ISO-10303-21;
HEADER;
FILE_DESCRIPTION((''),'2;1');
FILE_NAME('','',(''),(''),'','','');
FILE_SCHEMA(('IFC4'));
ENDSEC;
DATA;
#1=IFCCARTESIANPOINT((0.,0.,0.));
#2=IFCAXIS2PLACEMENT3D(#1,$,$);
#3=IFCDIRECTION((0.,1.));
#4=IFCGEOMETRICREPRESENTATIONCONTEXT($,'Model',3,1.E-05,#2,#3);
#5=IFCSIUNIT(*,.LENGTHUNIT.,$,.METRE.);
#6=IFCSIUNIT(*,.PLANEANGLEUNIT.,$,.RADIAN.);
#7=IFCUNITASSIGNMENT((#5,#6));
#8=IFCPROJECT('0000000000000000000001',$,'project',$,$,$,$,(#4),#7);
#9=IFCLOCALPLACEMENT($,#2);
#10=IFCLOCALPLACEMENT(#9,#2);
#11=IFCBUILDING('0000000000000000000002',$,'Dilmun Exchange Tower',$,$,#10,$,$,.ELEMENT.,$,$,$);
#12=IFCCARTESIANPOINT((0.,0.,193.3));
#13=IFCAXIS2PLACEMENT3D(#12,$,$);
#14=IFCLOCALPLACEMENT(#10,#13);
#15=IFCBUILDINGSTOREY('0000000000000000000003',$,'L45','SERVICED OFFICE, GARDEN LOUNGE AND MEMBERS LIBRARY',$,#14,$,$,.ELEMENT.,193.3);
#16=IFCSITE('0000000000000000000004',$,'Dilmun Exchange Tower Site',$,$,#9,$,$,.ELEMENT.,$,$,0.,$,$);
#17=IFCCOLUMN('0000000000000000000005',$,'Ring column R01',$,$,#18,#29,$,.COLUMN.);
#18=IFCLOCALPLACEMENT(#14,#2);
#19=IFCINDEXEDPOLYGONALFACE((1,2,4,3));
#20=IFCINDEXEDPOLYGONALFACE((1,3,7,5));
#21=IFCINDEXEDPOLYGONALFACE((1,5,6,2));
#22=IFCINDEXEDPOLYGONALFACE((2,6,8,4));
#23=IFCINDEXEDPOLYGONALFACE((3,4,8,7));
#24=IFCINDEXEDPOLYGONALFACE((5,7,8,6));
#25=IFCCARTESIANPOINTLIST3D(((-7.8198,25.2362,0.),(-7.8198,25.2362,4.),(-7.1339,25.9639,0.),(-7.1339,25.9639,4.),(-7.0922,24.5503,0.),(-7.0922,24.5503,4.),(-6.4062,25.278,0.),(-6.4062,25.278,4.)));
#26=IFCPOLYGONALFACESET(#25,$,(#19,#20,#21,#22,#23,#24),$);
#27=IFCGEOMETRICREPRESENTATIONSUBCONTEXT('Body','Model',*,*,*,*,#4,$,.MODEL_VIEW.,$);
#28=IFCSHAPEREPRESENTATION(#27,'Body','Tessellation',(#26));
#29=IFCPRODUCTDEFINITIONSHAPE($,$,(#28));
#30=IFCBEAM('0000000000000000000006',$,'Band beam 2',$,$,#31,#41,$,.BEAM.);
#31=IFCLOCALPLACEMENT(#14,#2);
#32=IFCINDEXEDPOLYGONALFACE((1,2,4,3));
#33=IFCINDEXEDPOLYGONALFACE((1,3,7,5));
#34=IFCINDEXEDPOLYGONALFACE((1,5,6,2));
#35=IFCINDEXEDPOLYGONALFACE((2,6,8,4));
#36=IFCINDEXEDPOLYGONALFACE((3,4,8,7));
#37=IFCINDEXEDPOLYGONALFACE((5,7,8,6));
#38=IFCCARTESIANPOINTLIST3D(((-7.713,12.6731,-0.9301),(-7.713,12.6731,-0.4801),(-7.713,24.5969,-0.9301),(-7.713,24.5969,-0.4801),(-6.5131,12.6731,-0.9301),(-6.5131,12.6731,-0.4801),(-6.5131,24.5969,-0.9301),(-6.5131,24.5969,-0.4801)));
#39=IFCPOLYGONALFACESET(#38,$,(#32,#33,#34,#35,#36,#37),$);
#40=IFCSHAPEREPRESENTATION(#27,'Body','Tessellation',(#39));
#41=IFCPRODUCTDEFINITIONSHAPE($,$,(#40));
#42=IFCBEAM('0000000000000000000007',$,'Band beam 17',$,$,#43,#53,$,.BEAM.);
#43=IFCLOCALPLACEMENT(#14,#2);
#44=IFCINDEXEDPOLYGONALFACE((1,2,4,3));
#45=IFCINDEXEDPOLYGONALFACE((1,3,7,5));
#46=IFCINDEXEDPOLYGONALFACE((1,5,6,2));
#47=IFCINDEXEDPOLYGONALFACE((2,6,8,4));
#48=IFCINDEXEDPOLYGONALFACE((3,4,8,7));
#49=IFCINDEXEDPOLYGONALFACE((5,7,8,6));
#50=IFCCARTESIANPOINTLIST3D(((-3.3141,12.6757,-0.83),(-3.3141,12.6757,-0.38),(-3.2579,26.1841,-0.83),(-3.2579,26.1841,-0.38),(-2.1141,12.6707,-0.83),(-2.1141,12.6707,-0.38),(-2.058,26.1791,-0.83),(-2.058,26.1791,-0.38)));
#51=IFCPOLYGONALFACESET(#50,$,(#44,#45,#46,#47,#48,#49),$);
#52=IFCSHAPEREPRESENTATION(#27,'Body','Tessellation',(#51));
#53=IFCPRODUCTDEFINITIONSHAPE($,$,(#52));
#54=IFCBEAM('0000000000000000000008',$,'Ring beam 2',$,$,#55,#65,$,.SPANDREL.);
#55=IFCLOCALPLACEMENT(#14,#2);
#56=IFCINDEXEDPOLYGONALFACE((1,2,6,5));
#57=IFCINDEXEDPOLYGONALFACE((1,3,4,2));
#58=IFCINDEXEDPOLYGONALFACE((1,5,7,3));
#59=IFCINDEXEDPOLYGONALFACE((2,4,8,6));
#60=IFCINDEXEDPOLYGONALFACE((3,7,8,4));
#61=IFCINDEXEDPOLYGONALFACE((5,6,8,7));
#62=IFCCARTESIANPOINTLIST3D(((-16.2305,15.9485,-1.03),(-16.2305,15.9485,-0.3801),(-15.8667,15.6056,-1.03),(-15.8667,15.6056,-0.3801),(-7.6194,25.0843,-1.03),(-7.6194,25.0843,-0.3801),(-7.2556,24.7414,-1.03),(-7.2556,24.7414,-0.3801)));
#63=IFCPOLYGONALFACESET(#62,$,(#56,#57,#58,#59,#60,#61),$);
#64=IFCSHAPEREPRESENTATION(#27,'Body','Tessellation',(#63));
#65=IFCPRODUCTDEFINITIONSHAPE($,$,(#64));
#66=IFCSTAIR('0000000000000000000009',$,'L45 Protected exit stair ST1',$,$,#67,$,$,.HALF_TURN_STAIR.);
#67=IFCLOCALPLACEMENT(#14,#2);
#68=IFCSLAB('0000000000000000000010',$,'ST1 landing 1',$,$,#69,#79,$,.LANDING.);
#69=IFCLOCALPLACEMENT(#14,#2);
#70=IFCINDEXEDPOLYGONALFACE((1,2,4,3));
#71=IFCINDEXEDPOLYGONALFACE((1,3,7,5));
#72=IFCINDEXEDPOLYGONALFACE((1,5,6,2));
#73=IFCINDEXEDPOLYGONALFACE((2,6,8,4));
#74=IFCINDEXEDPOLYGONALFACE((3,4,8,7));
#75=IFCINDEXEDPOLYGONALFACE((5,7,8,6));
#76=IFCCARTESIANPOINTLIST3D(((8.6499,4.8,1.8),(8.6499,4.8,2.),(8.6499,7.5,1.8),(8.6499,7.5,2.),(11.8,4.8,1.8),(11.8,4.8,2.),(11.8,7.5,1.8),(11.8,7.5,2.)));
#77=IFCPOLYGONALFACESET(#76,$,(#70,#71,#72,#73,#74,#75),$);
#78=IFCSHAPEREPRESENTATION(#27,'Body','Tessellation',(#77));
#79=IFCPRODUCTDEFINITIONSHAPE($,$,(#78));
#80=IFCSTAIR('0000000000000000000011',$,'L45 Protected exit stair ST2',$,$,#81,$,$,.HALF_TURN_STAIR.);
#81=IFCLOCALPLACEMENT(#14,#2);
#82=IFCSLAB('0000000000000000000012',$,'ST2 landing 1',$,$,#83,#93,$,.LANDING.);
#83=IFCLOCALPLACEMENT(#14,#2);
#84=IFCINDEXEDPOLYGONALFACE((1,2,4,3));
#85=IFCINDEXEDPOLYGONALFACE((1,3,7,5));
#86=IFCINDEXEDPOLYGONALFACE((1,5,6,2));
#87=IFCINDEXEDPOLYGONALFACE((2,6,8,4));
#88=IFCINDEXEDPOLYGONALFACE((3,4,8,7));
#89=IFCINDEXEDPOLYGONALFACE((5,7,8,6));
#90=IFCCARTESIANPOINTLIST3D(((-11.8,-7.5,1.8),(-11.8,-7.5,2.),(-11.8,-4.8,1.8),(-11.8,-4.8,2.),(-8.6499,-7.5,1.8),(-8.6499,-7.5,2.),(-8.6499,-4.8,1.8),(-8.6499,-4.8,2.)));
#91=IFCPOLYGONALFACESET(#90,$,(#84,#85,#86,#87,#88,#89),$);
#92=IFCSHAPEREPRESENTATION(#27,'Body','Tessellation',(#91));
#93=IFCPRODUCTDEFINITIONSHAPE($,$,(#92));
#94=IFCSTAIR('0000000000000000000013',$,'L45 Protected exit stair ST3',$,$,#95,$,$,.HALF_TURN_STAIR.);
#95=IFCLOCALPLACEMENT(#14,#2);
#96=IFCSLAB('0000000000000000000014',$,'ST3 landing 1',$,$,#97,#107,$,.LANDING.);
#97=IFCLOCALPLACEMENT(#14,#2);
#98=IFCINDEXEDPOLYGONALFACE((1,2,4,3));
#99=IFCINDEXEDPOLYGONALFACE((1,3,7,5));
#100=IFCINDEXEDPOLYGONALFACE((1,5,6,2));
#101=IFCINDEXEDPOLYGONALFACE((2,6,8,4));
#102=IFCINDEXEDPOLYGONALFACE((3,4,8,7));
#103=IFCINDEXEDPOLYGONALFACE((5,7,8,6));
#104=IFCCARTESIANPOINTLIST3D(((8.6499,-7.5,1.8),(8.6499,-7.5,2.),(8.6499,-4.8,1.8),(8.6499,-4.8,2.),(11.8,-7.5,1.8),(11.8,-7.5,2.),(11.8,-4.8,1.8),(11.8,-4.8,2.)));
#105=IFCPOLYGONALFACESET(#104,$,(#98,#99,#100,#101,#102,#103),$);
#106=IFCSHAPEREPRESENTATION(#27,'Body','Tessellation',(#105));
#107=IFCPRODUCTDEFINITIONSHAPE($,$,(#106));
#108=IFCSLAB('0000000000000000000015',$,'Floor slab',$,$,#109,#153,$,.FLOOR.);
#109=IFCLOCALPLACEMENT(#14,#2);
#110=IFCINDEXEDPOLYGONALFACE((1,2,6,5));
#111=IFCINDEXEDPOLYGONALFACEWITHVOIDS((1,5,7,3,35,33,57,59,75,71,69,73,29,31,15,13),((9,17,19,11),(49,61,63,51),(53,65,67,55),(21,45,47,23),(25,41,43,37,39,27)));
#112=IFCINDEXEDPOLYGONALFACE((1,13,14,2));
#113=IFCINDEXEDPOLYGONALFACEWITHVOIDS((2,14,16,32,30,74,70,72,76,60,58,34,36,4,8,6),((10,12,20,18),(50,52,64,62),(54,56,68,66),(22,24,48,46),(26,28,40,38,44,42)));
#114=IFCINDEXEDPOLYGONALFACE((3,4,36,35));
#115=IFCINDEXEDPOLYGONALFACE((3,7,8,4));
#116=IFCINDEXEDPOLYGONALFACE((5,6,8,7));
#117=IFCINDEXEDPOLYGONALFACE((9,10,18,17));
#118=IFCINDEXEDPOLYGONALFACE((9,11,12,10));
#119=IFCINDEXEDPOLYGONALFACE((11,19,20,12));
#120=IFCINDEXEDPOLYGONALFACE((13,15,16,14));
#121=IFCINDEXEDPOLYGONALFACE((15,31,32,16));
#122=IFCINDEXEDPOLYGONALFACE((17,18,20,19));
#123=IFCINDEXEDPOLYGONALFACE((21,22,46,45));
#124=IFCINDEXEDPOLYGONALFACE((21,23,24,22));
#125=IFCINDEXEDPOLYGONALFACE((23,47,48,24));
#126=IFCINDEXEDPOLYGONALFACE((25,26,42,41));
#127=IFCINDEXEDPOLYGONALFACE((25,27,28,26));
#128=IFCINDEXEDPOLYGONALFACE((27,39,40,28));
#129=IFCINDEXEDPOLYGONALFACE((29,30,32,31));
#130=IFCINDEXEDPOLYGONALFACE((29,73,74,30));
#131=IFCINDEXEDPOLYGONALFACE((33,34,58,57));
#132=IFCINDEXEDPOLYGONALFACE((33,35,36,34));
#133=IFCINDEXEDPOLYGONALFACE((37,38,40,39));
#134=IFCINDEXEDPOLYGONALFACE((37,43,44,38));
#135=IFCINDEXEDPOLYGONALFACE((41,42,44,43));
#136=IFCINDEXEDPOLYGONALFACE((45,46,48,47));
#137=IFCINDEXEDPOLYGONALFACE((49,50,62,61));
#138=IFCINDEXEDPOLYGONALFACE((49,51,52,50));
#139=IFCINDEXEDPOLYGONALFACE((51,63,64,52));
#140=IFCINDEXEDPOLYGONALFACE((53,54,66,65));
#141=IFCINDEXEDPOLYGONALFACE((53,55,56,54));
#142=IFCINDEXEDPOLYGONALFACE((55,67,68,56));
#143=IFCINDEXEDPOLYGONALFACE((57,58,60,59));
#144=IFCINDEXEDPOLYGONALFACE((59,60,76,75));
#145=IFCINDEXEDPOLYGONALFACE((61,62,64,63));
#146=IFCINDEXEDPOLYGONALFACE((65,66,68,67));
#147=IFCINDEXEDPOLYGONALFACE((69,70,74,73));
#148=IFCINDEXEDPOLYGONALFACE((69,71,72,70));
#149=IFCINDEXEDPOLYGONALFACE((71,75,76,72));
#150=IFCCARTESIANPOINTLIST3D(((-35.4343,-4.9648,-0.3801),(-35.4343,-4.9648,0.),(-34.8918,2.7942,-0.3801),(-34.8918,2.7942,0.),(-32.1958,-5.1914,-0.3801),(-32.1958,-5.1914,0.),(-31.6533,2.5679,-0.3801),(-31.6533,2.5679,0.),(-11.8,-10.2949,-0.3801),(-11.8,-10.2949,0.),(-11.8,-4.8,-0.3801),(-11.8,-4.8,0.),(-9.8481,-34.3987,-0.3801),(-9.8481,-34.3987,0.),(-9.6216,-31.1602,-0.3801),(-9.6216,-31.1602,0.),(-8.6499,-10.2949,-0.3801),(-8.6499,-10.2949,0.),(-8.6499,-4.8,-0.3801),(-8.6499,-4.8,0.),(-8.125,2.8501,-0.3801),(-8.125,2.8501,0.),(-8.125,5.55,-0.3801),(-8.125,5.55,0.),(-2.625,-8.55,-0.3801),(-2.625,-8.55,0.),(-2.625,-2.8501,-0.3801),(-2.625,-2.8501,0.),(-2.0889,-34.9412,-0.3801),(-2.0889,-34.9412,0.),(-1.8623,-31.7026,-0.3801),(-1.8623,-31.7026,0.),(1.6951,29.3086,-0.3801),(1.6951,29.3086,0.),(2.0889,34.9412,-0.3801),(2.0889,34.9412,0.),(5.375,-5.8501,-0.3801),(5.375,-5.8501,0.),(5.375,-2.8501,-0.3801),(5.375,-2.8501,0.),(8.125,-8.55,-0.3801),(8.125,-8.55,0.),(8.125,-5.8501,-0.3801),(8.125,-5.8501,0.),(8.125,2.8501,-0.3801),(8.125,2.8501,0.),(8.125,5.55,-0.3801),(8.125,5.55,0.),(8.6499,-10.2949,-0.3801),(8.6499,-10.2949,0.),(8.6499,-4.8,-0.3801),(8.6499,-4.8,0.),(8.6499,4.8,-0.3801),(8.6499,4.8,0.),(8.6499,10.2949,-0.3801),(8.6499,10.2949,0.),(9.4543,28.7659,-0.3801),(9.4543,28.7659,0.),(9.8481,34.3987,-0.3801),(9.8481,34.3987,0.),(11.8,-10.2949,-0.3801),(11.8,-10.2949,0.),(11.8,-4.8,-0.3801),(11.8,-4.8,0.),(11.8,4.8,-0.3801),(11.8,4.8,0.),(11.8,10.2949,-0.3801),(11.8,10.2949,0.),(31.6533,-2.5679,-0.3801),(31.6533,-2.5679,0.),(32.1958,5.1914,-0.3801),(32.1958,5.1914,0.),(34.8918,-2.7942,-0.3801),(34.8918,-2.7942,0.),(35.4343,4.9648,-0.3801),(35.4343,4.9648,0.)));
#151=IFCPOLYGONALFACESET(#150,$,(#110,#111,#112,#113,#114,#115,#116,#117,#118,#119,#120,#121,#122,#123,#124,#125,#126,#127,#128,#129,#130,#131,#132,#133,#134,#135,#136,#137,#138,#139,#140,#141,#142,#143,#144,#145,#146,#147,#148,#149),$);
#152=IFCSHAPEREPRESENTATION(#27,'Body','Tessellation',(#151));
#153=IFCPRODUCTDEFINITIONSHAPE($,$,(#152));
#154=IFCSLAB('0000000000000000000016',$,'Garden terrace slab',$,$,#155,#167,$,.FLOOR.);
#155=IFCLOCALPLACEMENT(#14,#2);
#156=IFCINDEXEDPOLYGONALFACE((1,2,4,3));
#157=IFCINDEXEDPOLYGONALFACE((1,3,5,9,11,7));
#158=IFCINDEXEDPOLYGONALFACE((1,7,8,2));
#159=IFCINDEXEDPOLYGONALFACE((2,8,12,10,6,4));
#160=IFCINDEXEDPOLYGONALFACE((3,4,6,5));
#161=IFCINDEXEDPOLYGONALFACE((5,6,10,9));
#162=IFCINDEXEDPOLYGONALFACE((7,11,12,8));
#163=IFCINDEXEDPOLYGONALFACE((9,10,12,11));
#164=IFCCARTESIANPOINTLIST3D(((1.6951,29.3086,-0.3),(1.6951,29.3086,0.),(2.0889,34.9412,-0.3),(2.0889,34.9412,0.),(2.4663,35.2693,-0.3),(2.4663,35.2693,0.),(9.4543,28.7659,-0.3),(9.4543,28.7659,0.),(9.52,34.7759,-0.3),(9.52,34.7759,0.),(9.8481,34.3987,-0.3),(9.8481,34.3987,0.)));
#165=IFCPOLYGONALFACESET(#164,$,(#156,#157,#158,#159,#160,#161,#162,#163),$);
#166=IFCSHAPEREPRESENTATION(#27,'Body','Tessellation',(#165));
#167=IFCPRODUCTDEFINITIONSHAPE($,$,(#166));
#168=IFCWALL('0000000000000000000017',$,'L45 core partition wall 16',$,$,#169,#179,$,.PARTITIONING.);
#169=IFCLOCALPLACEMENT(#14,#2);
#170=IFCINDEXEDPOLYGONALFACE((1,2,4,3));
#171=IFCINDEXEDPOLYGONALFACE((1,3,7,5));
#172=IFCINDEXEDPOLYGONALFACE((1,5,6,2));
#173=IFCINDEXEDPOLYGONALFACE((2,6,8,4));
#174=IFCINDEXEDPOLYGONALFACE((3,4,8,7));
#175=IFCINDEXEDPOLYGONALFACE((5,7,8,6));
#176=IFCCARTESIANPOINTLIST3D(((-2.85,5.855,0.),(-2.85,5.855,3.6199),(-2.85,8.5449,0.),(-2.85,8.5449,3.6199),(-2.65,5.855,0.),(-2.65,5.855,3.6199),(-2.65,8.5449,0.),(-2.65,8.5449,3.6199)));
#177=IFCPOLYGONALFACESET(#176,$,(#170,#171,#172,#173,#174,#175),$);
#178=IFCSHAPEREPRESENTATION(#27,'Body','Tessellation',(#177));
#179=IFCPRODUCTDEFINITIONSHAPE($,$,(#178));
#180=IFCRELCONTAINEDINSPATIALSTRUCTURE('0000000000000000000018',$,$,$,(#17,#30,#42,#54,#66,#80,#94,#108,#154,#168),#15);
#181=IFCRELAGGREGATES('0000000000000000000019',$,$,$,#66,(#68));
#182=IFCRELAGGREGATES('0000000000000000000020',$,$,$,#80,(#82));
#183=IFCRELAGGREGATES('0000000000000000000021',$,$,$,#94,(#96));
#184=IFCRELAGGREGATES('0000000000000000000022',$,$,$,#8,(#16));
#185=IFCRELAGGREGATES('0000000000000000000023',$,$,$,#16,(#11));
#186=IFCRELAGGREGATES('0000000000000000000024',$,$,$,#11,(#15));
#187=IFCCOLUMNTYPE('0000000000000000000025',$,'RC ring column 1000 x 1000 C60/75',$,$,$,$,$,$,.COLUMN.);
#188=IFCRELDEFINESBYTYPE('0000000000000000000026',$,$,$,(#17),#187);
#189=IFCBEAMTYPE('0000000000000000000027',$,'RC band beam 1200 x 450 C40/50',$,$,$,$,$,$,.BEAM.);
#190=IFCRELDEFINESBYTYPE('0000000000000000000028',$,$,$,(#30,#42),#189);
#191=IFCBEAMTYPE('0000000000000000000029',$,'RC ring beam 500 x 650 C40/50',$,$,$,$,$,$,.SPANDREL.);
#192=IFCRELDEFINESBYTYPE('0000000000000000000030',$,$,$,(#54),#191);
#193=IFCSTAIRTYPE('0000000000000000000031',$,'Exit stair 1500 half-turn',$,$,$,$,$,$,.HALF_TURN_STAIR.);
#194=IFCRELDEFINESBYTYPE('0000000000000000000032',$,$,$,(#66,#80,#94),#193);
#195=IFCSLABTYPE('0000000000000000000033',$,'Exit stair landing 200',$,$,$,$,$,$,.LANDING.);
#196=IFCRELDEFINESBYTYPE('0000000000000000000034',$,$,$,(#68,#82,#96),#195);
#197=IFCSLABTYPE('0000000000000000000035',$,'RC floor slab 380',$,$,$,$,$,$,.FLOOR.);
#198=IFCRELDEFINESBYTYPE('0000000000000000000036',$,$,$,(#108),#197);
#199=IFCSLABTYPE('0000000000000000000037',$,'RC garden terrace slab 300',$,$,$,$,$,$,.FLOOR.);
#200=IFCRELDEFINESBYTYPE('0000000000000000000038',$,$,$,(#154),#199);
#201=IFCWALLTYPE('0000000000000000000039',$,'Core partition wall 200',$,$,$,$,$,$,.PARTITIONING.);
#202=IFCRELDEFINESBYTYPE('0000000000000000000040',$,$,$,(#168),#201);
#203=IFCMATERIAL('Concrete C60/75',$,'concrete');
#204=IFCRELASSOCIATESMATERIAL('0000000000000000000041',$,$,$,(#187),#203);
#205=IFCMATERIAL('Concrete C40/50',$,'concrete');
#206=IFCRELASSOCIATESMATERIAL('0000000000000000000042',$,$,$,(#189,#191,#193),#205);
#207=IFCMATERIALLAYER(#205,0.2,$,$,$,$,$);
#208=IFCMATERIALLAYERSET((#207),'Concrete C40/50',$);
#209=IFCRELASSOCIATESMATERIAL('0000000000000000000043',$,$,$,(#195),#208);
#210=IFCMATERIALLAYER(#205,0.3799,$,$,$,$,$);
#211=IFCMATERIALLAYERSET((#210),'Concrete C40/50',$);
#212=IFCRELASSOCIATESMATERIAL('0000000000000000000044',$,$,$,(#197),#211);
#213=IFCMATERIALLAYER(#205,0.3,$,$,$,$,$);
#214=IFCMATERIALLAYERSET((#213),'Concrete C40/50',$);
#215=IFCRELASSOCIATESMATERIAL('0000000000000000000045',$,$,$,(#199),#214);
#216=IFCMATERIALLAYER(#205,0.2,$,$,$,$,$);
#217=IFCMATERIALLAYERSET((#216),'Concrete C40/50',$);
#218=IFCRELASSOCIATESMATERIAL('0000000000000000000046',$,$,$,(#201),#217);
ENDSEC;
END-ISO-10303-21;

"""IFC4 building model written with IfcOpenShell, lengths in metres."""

from ifc_helpers import new_model, si_unit, direction, frame, frame_2d, origin, origin_2d, place, context, subcontext, project, spatial, polyline, rectangle, outline, extrude, material, layer, layer_set, material_profile, profile_set, type_object, element, aggregate, save


model = new_model("IFC4")

# Units and contexts
model_context = context("Model", 3, precision=1e-05, world=origin(), true_north=direction((0.0, 1.0)))
body_context = subcontext(model_context, "Body", "Model", "MODEL_VIEW")
ifc_project = project(units=[si_unit("LENGTHUNIT", "METRE"), si_unit("PLANEANGLEUNIT", "RADIAN")], contexts=[model_context])

# Site, building, storey
site_placement = place(None, origin())
site = spatial("IfcSite", under=ifc_project, at=site_placement, Name="Dilmun Exchange Tower Site", CompositionType="ELEMENT", RefElevation=0.0)
building_placement = place(site_placement, origin())
building = spatial("IfcBuilding", under=site, at=building_placement, Name="Dilmun Exchange Tower", CompositionType="ELEMENT")
storey_placement = place(building_placement, frame((0.0, 0.0, 193.3)))
storey = spatial("IfcBuildingStorey", under=building, at=storey_placement, Name="L45", Description="SERVICED OFFICE, GARDEN LOUNGE AND MEMBERS LIBRARY", CompositionType="ELEMENT", Elevation=193.3)

# Column
ifc_material_1 = material(Name="Concrete C60/75", Category="concrete")
ifc_material_profile_1 = material_profile(ifc_material_1, rectangle(XDim=1.0, YDim=1.0, at=origin_2d()), Name="1000 x 1000")
ifc_profile_set_1 = profile_set([ifc_material_profile_1], Name="Concrete C60/75")
column_type = type_object("IfcColumnType", Name="RC ring column 1000 x 1000 C60/75", PredefinedType="COLUMN", material=ifc_profile_set_1)
column_placement = place(storey_placement, frame((-7.113, 25.2571, 0.0), z_axis=(0.0, 0.0, 1.0), x_axis=(0.685916, 0.727681, 0.0)))
element("IfcColumn", 1, at=column_placement, inside=storey, type_object=column_type, Name="Ring column R01", PredefinedType="COLUMN", context=body_context, shape_type="SweptSolid", body=[
    extrude(rectangle(XDim=1.0, YDim=1.0, at=origin_2d()), origin(), (0.0, 0.0, 1.0), 4.0),
])

# Beams
ifc_material_2 = material(Name="Concrete C40/50", Category="concrete")
ifc_material_profile_2 = material_profile(ifc_material_2, rectangle(XDim=1.2, YDim=0.45, at=origin_2d()), Name="1200 x 450")
ifc_profile_set_2 = profile_set([ifc_material_profile_2], Name="Concrete C40/50")
beam_type_1 = type_object("IfcBeamType", Name="RC band beam 1200 x 450 C40/50", PredefinedType="BEAM", material=ifc_profile_set_2)
beam_1_placement = place(storey_placement, frame((-7.113, 24.5969, -0.7051), z_axis=(0.0, -1.0, 0.0), x_axis=(1.0, 0.0, 0.0)))
element("IfcBeam", 2, at=beam_1_placement, inside=storey, type_object=beam_type_1, Name="Band beam 2", PredefinedType="BEAM", context=body_context, shape_type="SweptSolid", body=[
    extrude(rectangle(XDim=1.2, YDim=0.45, at=origin_2d()), origin(), (0.0, 0.0, 1.0), 11.9238),
])
beam_2_placement = place(storey_placement, frame((-2.658, 26.1816, -0.605), z_axis=(-0.004157, -0.999991, 0.0), x_axis=(0.999991, -0.004157, 0.0)))
element("IfcBeam", 3, at=beam_2_placement, inside=storey, type_object=beam_type_1, Name="Band beam 17", PredefinedType="BEAM", context=body_context, shape_type="SweptSolid", body=[
    extrude(rectangle(XDim=1.2, YDim=0.45, at=origin_2d()), origin(), (0.0, 0.0, 1.0), 13.5085),
])
ifc_material_profile_3 = material_profile(ifc_material_2, rectangle(XDim=0.5, YDim=0.6499, at=origin_2d()), Name="500 x 650")
ifc_profile_set_3 = profile_set([ifc_material_profile_3], Name="Concrete C40/50")
beam_type_2 = type_object("IfcBeamType", Name="RC ring beam 500 x 650 C40/50", PredefinedType="SPANDREL", material=ifc_profile_set_3)
beam_3_placement = place(storey_placement, frame((-7.4375, 24.9128, -0.7051), z_axis=(-0.685903, -0.727693, 0.0), x_axis=(0.727693, -0.685903, 0.0)))
element("IfcBeam", 4, at=beam_3_placement, inside=storey, type_object=beam_type_2, Name="Ring beam 2", PredefinedType="SPANDREL", context=body_context, shape_type="SweptSolid", body=[
    extrude(rectangle(XDim=0.5, YDim=0.6499, at=origin_2d()), origin(), (0.0, 0.0, 1.0), 12.5544),
])

# Stairs, slabs
stair_type = type_object("IfcStairType", Name="Exit stair 1500 half-turn", PredefinedType="HALF_TURN_STAIR", material=ifc_material_2)
stair_1_placement = place(storey_placement, origin())
stair_1 = element("IfcStair", 5, at=stair_1_placement, inside=storey, type_object=stair_type, Name="L45 Protected exit stair ST1", PredefinedType="HALF_TURN_STAIR")
ifc_layer_1 = layer(ifc_material_2, 0.2)
ifc_layer_set_1 = layer_set([ifc_layer_1], Name="Concrete C40/50")
slab_type_1 = type_object("IfcSlabType", Name="Exit stair landing 200", PredefinedType="LANDING", material=ifc_layer_set_1)
slab_1_placement = place(storey_placement, frame((0.0, 0.0, 1.8)))
slab_1 = element("IfcSlab", 6, at=slab_1_placement, type_object=slab_type_1, Name="ST1 landing 1", PredefinedType="LANDING", context=body_context, shape_type="SweptSolid", body=[
    extrude(outline(polyline([(8.6499, 7.5), (8.6499, 4.8), (11.8, 4.8), (11.8, 7.5), (8.6499, 7.5)])), origin(), (0.0, 0.0, 1.0), 0.2),
])
aggregate(stair_1, [slab_1])
stair_2_placement = place(storey_placement, origin())
stair_2 = element("IfcStair", 7, at=stair_2_placement, inside=storey, type_object=stair_type, Name="L45 Protected exit stair ST2", PredefinedType="HALF_TURN_STAIR")
slab_2_placement = place(storey_placement, frame((0.0, 0.0, 1.8)))
slab_2 = element("IfcSlab", 8, at=slab_2_placement, type_object=slab_type_1, Name="ST2 landing 1", PredefinedType="LANDING", context=body_context, shape_type="SweptSolid", body=[
    extrude(outline(polyline([(-8.6499, -7.5), (-8.6499, -4.8), (-11.8, -4.8), (-11.8, -7.5), (-8.6499, -7.5)])), origin(), (0.0, 0.0, 1.0), 0.2),
])
aggregate(stair_2, [slab_2])
stair_3_placement = place(storey_placement, origin())
stair_3 = element("IfcStair", 9, at=stair_3_placement, inside=storey, type_object=stair_type, Name="L45 Protected exit stair ST3", PredefinedType="HALF_TURN_STAIR")
slab_3_placement = place(storey_placement, frame((0.0, 0.0, 1.8)))
slab_3 = element("IfcSlab", 10, at=slab_3_placement, type_object=slab_type_1, Name="ST3 landing 1", PredefinedType="LANDING", context=body_context, shape_type="SweptSolid", body=[
    extrude(outline(polyline([(11.8, -7.5), (11.8, -4.8), (8.6499, -4.8), (8.6499, -7.5), (11.8, -7.5)])), origin(), (0.0, 0.0, 1.0), 0.2),
])
aggregate(stair_3, [slab_3])

# Slabs
ifc_layer_2 = layer(ifc_material_2, 0.3799)
ifc_layer_set_2 = layer_set([ifc_layer_2], Name="Concrete C40/50")
slab_type_2 = type_object("IfcSlabType", Name="RC floor slab 380", PredefinedType="FLOOR", material=ifc_layer_set_2)
slab_4_placement = place(storey_placement, frame((0.0, 0.0, -0.3801)))
element("IfcSlab", 11, at=slab_4_placement, inside=storey, type_object=slab_type_2, Name="Floor slab", PredefinedType="FLOOR", context=body_context, shape_type="SweptSolid", body=[
    extrude(outline(polyline([(32.1958, 5.1914), (31.6533, -2.5679), (34.8918, -2.7942), (-2.0889, -34.9412), (-1.8623, -31.7026), (-9.6216, -31.1602), (-9.8481, -34.3987), (-35.4343, -4.9648), (-32.1958, -5.1914), (-31.6533, 2.5679), (-34.8918, 2.7942), (2.0889, 34.9412), (1.6951, 29.3086), (9.4543, 28.7659), (9.8481, 34.3987), (35.4343, 4.9648), (32.1958, 5.1914)]), holes=[polyline([(-8.6499, -4.8), (-11.8, -4.8), (-11.8, -10.2949), (-8.6499, -10.2949), (-8.6499, -4.8)]), polyline([(11.8, -4.8), (8.6499, -4.8), (8.6499, -10.2949), (11.8, -10.2949), (11.8, -4.8)]), polyline([(5.375, -2.8501), (-2.625, -2.8501), (-2.625, -8.55), (8.125, -8.55), (8.125, -5.8501), (5.375, -5.8501), (5.375, -2.8501)]), polyline([(8.125, 2.8501), (8.125, 5.55), (-8.125, 5.55), (-8.125, 2.8501), (8.125, 2.8501)]), polyline([(8.6499, 10.2949), (8.6499, 4.8), (11.8, 4.8), (11.8, 10.2949), (8.6499, 10.2949)])]), origin(), (0.0, 0.0, 1.0), 0.3801),
])
ifc_layer_3 = layer(ifc_material_2, 0.3)
ifc_layer_set_3 = layer_set([ifc_layer_3], Name="Concrete C40/50")
slab_type_3 = type_object("IfcSlabType", Name="RC garden terrace slab 300", PredefinedType="FLOOR", material=ifc_layer_set_3)
slab_5_placement = place(storey_placement, frame((0.0, 0.0, -0.3)))
element("IfcSlab", 12, at=slab_5_placement, inside=storey, type_object=slab_type_3, Name="Garden terrace slab", PredefinedType="FLOOR", context=body_context, shape_type="SweptSolid", body=[
    extrude(outline(polyline([(1.6951, 29.3086), (2.0889, 34.9412), (2.4663, 35.2693), (9.52, 34.7759), (9.8481, 34.3987), (9.4543, 28.7659), (1.6951, 29.3086)])), origin(), (0.0, 0.0, 1.0), 0.3),
])

# Shared definitions
ifc_layer_4 = layer(ifc_material_2, 0.2)
ifc_layer_set_4 = layer_set([ifc_layer_4], Name="Concrete C40/50")
wall_type_1 = type_object("IfcWallType", Name="Core partition wall 200", PredefinedType="PARTITIONING", material=ifc_layer_set_4)

# Wall
wall_1_placement = place(storey_placement, frame((-2.75, 5.855, 0.0), z_axis=(0.0, 0.0, 1.0), x_axis=(0.0, 1.0, 0.0)))
element("IfcWall", 13, at=wall_1_placement, inside=storey, type_object=wall_type_1, Name="L45 core partition wall 16", PredefinedType="PARTITIONING", context=body_context, shape_type="SweptSolid", body=[
    extrude(rectangle(XDim=2.6899, YDim=0.2, at=frame_2d((1.345, 0.0))), origin(), (0.0, 0.0, 1.0), 3.6199),
])

save(model, "model.ifc")
